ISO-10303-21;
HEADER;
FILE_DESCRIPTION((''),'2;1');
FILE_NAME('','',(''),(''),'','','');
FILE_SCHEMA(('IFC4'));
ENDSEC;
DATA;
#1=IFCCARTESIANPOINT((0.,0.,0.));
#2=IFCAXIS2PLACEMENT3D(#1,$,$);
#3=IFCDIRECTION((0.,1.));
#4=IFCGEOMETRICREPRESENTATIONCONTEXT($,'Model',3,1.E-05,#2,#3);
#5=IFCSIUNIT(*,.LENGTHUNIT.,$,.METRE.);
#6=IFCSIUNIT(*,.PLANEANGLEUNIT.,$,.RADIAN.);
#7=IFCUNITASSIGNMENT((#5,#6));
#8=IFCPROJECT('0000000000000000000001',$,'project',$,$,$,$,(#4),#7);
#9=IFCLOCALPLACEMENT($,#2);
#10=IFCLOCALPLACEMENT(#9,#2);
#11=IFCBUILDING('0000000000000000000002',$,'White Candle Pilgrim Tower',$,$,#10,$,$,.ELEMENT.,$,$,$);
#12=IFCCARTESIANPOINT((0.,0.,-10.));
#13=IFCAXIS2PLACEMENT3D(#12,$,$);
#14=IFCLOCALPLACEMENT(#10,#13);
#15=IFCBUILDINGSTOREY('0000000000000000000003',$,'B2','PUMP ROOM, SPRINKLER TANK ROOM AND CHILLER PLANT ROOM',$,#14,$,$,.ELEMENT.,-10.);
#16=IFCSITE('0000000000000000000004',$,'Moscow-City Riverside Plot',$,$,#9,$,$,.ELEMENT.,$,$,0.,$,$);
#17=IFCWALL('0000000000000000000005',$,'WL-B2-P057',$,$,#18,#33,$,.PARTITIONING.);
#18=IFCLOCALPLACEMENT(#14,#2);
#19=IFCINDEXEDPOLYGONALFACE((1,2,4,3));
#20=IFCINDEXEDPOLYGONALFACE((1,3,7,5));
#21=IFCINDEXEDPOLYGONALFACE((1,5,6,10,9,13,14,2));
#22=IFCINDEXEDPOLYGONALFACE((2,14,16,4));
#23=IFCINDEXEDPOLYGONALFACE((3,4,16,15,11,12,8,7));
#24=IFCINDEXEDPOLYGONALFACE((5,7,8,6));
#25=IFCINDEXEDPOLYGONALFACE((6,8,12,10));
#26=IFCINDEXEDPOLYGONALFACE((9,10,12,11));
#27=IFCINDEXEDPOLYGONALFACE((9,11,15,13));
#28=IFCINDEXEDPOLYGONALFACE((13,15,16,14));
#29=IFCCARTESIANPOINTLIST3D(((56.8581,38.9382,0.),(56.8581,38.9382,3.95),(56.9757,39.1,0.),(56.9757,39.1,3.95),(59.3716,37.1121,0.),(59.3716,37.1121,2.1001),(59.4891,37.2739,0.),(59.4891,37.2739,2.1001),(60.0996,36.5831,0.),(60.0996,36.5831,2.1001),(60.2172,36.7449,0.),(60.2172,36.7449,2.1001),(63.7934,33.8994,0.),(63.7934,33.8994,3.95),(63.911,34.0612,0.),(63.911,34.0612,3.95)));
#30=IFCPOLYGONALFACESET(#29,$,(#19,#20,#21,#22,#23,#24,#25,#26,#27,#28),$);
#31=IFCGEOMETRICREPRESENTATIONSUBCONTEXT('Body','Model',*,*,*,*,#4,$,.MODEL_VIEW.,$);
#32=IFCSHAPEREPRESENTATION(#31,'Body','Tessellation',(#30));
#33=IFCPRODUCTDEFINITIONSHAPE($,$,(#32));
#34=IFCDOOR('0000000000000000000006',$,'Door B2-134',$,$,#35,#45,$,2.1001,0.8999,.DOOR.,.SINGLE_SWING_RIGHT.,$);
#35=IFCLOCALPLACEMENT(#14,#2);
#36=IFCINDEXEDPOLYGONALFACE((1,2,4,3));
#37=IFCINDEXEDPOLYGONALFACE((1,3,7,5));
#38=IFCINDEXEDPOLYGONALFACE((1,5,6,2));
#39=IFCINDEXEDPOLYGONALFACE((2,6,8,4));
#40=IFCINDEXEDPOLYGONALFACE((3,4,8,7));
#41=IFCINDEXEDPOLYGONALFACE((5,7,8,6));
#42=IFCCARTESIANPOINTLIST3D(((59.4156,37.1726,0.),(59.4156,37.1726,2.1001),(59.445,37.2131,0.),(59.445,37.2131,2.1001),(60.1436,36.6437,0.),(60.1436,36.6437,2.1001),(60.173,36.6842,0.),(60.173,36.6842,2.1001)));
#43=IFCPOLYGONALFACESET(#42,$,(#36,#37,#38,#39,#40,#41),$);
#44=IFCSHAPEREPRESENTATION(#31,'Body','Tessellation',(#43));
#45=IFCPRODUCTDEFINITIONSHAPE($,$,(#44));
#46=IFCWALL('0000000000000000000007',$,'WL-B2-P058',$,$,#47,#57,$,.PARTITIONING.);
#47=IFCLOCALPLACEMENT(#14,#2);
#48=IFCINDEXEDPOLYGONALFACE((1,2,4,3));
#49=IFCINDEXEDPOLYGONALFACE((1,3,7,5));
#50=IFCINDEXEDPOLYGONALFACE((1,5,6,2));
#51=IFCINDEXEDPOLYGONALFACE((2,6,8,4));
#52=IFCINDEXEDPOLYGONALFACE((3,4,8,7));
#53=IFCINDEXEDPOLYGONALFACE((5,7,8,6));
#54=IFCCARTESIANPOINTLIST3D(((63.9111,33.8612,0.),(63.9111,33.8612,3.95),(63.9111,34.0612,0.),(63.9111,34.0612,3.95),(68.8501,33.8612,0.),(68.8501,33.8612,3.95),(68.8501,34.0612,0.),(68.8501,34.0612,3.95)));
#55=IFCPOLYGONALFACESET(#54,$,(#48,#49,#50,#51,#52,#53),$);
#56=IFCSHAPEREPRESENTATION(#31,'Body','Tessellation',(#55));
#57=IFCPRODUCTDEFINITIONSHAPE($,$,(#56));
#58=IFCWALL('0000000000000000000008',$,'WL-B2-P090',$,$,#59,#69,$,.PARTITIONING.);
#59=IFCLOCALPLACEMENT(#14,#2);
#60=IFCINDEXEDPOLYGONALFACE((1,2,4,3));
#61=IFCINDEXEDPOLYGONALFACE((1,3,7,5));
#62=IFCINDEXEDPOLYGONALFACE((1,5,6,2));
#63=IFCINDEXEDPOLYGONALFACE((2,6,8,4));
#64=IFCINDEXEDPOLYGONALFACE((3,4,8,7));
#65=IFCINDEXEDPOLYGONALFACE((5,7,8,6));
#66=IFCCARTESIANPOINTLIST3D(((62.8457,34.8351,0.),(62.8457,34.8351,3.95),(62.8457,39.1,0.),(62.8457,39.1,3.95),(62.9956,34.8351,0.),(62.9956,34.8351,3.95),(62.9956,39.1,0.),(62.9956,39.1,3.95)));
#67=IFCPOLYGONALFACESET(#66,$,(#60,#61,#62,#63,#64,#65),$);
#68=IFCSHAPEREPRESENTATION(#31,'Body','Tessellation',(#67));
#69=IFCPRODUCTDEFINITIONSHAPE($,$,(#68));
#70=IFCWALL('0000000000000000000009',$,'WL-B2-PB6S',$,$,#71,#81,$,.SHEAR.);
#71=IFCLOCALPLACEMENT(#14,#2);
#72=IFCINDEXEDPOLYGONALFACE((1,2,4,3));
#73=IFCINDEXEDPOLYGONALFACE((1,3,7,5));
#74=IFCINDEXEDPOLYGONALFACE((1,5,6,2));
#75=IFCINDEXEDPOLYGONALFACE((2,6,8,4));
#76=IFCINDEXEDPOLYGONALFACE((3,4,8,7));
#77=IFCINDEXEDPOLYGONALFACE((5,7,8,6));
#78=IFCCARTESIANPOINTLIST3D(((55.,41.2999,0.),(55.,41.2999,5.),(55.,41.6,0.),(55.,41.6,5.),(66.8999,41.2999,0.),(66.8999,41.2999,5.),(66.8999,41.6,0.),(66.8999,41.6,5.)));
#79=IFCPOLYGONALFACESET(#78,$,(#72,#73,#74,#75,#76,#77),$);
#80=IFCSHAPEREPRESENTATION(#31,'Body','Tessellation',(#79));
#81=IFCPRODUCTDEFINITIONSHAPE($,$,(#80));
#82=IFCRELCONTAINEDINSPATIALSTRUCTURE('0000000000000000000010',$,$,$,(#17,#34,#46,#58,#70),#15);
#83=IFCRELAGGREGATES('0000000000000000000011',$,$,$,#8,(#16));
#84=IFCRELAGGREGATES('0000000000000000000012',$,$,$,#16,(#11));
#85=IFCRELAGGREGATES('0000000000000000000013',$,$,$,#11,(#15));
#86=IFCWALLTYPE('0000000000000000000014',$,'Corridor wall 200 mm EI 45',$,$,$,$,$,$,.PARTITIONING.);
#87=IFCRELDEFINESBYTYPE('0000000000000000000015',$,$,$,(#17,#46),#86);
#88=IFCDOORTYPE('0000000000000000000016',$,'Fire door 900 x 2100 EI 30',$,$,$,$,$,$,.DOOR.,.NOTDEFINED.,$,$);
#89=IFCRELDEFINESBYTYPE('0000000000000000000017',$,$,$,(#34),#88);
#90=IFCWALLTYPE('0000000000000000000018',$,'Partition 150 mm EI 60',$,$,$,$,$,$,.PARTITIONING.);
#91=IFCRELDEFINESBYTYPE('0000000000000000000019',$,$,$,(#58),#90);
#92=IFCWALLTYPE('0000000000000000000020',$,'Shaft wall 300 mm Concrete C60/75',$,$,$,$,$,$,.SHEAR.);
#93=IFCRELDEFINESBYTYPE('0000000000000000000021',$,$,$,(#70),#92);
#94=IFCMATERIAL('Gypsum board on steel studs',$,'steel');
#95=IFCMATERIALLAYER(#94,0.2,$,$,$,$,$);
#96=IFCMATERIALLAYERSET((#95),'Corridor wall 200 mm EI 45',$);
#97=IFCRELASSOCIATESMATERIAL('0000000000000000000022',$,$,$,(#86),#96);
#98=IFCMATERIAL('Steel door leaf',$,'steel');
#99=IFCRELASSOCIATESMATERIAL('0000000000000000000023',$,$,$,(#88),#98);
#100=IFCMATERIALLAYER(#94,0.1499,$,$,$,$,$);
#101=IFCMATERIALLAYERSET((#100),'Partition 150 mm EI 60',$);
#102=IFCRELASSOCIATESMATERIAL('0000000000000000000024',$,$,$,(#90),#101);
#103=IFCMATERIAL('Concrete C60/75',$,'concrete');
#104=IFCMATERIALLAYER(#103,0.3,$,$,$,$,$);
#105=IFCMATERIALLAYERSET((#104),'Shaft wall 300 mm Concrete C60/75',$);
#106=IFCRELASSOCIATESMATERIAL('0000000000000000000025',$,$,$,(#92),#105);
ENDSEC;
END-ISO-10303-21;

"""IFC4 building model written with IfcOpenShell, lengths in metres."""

from ifc_helpers import new_model, si_unit, direction, frame, frame_2d, origin, place, context, subcontext, project, spatial, rectangle, extrude, material, layer, layer_set, type_object, element, fill, save


model = new_model("IFC4")

# Units and contexts
model_context = context("Model", 3, precision=1e-05, world=origin(), true_north=direction((0.0, 1.0)))
body_context = subcontext(model_context, "Body", "Model", "MODEL_VIEW")
ifc_project = project(units=[si_unit("LENGTHUNIT", "METRE"), si_unit("PLANEANGLEUNIT", "RADIAN")], contexts=[model_context])

# Site, building, storey
site_placement = place(None, origin())
site = spatial("IfcSite", under=ifc_project, at=site_placement, Name="Moscow-City Riverside Plot", CompositionType="ELEMENT", RefElevation=0.0)
building_placement = place(site_placement, origin())
building = spatial("IfcBuilding", under=site, at=building_placement, Name="White Candle Pilgrim Tower", CompositionType="ELEMENT")
storey_placement = place(building_placement, frame((0.0, 0.0, -10.0)))
storey = spatial("IfcBuildingStorey", under=building, at=storey_placement, Name="B2", Description="PUMP ROOM, SPRINKLER TANK ROOM AND CHILLER PLANT ROOM", CompositionType="ELEMENT", Elevation=-10.0)

# Shared definitions
ifc_material_1 = material(Name="Gypsum board on steel studs", Category="steel")
ifc_layer_1 = layer(ifc_material_1, 0.2)
ifc_layer_set_1 = layer_set([ifc_layer_1], Name="Corridor wall 200 mm EI 45")
wall_type_1 = type_object("IfcWallType", Name="Corridor wall 200 mm EI 45", PredefinedType="PARTITIONING", material=ifc_layer_set_1)

# Wall, opening, door
ifc_material_2 = material(Name="Steel door leaf", Category="steel")
door_type = type_object("IfcDoorType", Name="Fire door 900 x 2100 EI 30", OperationType="NOTDEFINED", PredefinedType="DOOR", material=ifc_material_2)
wall_1_placement = place(storey_placement, frame((56.917, 39.019, 0.0), z_axis=(0.0, 0.0, 1.0), x_axis=(0.809016, -0.587787, 0.0)))
wall_1 = element("IfcWall", 1, at=wall_1_placement, inside=storey, type_object=wall_type_1, Name="WL-B2-P057", PredefinedType="PARTITIONING", context=body_context, shape_type="SweptSolid", body=[
    extrude(rectangle(XDim=8.5725, YDim=0.2, at=frame_2d((4.2861, 0.0))), origin(), (0.0, 0.0, 1.0), 3.95),
])
opening_1_placement = place(wall_1_placement, frame((3.1067, 0.0, 0.0)))
opening_1 = element("IfcOpeningElement", 2, at=opening_1_placement, cuts=wall_1, PredefinedType="OPENING", context=body_context, shape_type="SweptSolid", body=[
    extrude(rectangle(XDim=0.8999, YDim=2.1001, at=frame_2d((0.45, 1.05))), frame((0.0, 0.1099, 0.0), z_axis=(0.0, -1.0, 0.0), x_axis=(1.0, 0.0, 0.0)), (0.0, 0.0, 1.0), 0.22),
])
door_1_placement = place(opening_1_placement, origin())
door_1 = element("IfcDoor", 3, at=door_1_placement, inside=storey, type_object=door_type, Name="Door B2-134", OperationType="SINGLE_SWING_RIGHT", OverallHeight=2.1001, OverallWidth=0.8999, PredefinedType="DOOR", context=body_context, shape_type="SweptSolid", body=[
    extrude(rectangle(XDim=0.8999, YDim=2.1001, at=frame_2d((0.45, 1.05))), frame((0.0, 0.0249, 0.0), z_axis=(0.0, -1.0, 0.0), x_axis=(1.0, 0.0, 0.0)), (0.0, 0.0, 1.0), 0.05),
])
fill(opening_1, door_1)

# Walls
wall_2_placement = place(storey_placement, frame((63.9111, 33.9612, 0.0), z_axis=(0.0, 0.0, 1.0), x_axis=(1.0, 0.0, 0.0)))
element("IfcWall", 4, at=wall_2_placement, inside=storey, type_object=wall_type_1, Name="WL-B2-P058", PredefinedType="PARTITIONING", context=body_context, shape_type="SweptSolid", body=[
    extrude(rectangle(XDim=4.939, YDim=0.2, at=frame_2d((2.4695, 0.0))), origin(), (0.0, 0.0, 1.0), 3.95),
])
ifc_layer_2 = layer(ifc_material_1, 0.1499)
ifc_layer_set_2 = layer_set([ifc_layer_2], Name="Partition 150 mm EI 60")
wall_type_2 = type_object("IfcWallType", Name="Partition 150 mm EI 60", PredefinedType="PARTITIONING", material=ifc_layer_set_2)
wall_3_placement = place(storey_placement, frame((62.9207, 34.8352, 0.0), z_axis=(0.0, 0.0, 1.0), x_axis=(0.0, 1.0, 0.0)))
element("IfcWall", 5, at=wall_3_placement, inside=storey, type_object=wall_type_2, Name="WL-B2-P090", PredefinedType="PARTITIONING", context=body_context, shape_type="SweptSolid", body=[
    extrude(rectangle(XDim=4.2649, YDim=0.1499, at=frame_2d((2.1323, 0.0))), origin(), (0.0, 0.0, 1.0), 3.95),
])
ifc_material_3 = material(Name="Concrete C60/75", Category="concrete")
ifc_layer_3 = layer(ifc_material_3, 0.3)
ifc_layer_set_3 = layer_set([ifc_layer_3], Name="Shaft wall 300 mm Concrete C60/75")
wall_type_3 = type_object("IfcWallType", Name="Shaft wall 300 mm Concrete C60/75", PredefinedType="SHEAR", material=ifc_layer_set_3)
wall_4_placement = place(storey_placement, frame((55.0, 41.45, 0.0), z_axis=(0.0, 0.0, 1.0), x_axis=(1.0, 0.0, 0.0)))
element("IfcWall", 6, at=wall_4_placement, inside=storey, type_object=wall_type_3, Name="WL-B2-PB6S", PredefinedType="SHEAR", context=body_context, shape_type="SweptSolid", body=[
    extrude(rectangle(XDim=11.8999, YDim=0.3, at=frame_2d((5.95, 0.0))), origin(), (0.0, 0.0, 1.0), 5.0),
])

save(model, "model.ifc")
